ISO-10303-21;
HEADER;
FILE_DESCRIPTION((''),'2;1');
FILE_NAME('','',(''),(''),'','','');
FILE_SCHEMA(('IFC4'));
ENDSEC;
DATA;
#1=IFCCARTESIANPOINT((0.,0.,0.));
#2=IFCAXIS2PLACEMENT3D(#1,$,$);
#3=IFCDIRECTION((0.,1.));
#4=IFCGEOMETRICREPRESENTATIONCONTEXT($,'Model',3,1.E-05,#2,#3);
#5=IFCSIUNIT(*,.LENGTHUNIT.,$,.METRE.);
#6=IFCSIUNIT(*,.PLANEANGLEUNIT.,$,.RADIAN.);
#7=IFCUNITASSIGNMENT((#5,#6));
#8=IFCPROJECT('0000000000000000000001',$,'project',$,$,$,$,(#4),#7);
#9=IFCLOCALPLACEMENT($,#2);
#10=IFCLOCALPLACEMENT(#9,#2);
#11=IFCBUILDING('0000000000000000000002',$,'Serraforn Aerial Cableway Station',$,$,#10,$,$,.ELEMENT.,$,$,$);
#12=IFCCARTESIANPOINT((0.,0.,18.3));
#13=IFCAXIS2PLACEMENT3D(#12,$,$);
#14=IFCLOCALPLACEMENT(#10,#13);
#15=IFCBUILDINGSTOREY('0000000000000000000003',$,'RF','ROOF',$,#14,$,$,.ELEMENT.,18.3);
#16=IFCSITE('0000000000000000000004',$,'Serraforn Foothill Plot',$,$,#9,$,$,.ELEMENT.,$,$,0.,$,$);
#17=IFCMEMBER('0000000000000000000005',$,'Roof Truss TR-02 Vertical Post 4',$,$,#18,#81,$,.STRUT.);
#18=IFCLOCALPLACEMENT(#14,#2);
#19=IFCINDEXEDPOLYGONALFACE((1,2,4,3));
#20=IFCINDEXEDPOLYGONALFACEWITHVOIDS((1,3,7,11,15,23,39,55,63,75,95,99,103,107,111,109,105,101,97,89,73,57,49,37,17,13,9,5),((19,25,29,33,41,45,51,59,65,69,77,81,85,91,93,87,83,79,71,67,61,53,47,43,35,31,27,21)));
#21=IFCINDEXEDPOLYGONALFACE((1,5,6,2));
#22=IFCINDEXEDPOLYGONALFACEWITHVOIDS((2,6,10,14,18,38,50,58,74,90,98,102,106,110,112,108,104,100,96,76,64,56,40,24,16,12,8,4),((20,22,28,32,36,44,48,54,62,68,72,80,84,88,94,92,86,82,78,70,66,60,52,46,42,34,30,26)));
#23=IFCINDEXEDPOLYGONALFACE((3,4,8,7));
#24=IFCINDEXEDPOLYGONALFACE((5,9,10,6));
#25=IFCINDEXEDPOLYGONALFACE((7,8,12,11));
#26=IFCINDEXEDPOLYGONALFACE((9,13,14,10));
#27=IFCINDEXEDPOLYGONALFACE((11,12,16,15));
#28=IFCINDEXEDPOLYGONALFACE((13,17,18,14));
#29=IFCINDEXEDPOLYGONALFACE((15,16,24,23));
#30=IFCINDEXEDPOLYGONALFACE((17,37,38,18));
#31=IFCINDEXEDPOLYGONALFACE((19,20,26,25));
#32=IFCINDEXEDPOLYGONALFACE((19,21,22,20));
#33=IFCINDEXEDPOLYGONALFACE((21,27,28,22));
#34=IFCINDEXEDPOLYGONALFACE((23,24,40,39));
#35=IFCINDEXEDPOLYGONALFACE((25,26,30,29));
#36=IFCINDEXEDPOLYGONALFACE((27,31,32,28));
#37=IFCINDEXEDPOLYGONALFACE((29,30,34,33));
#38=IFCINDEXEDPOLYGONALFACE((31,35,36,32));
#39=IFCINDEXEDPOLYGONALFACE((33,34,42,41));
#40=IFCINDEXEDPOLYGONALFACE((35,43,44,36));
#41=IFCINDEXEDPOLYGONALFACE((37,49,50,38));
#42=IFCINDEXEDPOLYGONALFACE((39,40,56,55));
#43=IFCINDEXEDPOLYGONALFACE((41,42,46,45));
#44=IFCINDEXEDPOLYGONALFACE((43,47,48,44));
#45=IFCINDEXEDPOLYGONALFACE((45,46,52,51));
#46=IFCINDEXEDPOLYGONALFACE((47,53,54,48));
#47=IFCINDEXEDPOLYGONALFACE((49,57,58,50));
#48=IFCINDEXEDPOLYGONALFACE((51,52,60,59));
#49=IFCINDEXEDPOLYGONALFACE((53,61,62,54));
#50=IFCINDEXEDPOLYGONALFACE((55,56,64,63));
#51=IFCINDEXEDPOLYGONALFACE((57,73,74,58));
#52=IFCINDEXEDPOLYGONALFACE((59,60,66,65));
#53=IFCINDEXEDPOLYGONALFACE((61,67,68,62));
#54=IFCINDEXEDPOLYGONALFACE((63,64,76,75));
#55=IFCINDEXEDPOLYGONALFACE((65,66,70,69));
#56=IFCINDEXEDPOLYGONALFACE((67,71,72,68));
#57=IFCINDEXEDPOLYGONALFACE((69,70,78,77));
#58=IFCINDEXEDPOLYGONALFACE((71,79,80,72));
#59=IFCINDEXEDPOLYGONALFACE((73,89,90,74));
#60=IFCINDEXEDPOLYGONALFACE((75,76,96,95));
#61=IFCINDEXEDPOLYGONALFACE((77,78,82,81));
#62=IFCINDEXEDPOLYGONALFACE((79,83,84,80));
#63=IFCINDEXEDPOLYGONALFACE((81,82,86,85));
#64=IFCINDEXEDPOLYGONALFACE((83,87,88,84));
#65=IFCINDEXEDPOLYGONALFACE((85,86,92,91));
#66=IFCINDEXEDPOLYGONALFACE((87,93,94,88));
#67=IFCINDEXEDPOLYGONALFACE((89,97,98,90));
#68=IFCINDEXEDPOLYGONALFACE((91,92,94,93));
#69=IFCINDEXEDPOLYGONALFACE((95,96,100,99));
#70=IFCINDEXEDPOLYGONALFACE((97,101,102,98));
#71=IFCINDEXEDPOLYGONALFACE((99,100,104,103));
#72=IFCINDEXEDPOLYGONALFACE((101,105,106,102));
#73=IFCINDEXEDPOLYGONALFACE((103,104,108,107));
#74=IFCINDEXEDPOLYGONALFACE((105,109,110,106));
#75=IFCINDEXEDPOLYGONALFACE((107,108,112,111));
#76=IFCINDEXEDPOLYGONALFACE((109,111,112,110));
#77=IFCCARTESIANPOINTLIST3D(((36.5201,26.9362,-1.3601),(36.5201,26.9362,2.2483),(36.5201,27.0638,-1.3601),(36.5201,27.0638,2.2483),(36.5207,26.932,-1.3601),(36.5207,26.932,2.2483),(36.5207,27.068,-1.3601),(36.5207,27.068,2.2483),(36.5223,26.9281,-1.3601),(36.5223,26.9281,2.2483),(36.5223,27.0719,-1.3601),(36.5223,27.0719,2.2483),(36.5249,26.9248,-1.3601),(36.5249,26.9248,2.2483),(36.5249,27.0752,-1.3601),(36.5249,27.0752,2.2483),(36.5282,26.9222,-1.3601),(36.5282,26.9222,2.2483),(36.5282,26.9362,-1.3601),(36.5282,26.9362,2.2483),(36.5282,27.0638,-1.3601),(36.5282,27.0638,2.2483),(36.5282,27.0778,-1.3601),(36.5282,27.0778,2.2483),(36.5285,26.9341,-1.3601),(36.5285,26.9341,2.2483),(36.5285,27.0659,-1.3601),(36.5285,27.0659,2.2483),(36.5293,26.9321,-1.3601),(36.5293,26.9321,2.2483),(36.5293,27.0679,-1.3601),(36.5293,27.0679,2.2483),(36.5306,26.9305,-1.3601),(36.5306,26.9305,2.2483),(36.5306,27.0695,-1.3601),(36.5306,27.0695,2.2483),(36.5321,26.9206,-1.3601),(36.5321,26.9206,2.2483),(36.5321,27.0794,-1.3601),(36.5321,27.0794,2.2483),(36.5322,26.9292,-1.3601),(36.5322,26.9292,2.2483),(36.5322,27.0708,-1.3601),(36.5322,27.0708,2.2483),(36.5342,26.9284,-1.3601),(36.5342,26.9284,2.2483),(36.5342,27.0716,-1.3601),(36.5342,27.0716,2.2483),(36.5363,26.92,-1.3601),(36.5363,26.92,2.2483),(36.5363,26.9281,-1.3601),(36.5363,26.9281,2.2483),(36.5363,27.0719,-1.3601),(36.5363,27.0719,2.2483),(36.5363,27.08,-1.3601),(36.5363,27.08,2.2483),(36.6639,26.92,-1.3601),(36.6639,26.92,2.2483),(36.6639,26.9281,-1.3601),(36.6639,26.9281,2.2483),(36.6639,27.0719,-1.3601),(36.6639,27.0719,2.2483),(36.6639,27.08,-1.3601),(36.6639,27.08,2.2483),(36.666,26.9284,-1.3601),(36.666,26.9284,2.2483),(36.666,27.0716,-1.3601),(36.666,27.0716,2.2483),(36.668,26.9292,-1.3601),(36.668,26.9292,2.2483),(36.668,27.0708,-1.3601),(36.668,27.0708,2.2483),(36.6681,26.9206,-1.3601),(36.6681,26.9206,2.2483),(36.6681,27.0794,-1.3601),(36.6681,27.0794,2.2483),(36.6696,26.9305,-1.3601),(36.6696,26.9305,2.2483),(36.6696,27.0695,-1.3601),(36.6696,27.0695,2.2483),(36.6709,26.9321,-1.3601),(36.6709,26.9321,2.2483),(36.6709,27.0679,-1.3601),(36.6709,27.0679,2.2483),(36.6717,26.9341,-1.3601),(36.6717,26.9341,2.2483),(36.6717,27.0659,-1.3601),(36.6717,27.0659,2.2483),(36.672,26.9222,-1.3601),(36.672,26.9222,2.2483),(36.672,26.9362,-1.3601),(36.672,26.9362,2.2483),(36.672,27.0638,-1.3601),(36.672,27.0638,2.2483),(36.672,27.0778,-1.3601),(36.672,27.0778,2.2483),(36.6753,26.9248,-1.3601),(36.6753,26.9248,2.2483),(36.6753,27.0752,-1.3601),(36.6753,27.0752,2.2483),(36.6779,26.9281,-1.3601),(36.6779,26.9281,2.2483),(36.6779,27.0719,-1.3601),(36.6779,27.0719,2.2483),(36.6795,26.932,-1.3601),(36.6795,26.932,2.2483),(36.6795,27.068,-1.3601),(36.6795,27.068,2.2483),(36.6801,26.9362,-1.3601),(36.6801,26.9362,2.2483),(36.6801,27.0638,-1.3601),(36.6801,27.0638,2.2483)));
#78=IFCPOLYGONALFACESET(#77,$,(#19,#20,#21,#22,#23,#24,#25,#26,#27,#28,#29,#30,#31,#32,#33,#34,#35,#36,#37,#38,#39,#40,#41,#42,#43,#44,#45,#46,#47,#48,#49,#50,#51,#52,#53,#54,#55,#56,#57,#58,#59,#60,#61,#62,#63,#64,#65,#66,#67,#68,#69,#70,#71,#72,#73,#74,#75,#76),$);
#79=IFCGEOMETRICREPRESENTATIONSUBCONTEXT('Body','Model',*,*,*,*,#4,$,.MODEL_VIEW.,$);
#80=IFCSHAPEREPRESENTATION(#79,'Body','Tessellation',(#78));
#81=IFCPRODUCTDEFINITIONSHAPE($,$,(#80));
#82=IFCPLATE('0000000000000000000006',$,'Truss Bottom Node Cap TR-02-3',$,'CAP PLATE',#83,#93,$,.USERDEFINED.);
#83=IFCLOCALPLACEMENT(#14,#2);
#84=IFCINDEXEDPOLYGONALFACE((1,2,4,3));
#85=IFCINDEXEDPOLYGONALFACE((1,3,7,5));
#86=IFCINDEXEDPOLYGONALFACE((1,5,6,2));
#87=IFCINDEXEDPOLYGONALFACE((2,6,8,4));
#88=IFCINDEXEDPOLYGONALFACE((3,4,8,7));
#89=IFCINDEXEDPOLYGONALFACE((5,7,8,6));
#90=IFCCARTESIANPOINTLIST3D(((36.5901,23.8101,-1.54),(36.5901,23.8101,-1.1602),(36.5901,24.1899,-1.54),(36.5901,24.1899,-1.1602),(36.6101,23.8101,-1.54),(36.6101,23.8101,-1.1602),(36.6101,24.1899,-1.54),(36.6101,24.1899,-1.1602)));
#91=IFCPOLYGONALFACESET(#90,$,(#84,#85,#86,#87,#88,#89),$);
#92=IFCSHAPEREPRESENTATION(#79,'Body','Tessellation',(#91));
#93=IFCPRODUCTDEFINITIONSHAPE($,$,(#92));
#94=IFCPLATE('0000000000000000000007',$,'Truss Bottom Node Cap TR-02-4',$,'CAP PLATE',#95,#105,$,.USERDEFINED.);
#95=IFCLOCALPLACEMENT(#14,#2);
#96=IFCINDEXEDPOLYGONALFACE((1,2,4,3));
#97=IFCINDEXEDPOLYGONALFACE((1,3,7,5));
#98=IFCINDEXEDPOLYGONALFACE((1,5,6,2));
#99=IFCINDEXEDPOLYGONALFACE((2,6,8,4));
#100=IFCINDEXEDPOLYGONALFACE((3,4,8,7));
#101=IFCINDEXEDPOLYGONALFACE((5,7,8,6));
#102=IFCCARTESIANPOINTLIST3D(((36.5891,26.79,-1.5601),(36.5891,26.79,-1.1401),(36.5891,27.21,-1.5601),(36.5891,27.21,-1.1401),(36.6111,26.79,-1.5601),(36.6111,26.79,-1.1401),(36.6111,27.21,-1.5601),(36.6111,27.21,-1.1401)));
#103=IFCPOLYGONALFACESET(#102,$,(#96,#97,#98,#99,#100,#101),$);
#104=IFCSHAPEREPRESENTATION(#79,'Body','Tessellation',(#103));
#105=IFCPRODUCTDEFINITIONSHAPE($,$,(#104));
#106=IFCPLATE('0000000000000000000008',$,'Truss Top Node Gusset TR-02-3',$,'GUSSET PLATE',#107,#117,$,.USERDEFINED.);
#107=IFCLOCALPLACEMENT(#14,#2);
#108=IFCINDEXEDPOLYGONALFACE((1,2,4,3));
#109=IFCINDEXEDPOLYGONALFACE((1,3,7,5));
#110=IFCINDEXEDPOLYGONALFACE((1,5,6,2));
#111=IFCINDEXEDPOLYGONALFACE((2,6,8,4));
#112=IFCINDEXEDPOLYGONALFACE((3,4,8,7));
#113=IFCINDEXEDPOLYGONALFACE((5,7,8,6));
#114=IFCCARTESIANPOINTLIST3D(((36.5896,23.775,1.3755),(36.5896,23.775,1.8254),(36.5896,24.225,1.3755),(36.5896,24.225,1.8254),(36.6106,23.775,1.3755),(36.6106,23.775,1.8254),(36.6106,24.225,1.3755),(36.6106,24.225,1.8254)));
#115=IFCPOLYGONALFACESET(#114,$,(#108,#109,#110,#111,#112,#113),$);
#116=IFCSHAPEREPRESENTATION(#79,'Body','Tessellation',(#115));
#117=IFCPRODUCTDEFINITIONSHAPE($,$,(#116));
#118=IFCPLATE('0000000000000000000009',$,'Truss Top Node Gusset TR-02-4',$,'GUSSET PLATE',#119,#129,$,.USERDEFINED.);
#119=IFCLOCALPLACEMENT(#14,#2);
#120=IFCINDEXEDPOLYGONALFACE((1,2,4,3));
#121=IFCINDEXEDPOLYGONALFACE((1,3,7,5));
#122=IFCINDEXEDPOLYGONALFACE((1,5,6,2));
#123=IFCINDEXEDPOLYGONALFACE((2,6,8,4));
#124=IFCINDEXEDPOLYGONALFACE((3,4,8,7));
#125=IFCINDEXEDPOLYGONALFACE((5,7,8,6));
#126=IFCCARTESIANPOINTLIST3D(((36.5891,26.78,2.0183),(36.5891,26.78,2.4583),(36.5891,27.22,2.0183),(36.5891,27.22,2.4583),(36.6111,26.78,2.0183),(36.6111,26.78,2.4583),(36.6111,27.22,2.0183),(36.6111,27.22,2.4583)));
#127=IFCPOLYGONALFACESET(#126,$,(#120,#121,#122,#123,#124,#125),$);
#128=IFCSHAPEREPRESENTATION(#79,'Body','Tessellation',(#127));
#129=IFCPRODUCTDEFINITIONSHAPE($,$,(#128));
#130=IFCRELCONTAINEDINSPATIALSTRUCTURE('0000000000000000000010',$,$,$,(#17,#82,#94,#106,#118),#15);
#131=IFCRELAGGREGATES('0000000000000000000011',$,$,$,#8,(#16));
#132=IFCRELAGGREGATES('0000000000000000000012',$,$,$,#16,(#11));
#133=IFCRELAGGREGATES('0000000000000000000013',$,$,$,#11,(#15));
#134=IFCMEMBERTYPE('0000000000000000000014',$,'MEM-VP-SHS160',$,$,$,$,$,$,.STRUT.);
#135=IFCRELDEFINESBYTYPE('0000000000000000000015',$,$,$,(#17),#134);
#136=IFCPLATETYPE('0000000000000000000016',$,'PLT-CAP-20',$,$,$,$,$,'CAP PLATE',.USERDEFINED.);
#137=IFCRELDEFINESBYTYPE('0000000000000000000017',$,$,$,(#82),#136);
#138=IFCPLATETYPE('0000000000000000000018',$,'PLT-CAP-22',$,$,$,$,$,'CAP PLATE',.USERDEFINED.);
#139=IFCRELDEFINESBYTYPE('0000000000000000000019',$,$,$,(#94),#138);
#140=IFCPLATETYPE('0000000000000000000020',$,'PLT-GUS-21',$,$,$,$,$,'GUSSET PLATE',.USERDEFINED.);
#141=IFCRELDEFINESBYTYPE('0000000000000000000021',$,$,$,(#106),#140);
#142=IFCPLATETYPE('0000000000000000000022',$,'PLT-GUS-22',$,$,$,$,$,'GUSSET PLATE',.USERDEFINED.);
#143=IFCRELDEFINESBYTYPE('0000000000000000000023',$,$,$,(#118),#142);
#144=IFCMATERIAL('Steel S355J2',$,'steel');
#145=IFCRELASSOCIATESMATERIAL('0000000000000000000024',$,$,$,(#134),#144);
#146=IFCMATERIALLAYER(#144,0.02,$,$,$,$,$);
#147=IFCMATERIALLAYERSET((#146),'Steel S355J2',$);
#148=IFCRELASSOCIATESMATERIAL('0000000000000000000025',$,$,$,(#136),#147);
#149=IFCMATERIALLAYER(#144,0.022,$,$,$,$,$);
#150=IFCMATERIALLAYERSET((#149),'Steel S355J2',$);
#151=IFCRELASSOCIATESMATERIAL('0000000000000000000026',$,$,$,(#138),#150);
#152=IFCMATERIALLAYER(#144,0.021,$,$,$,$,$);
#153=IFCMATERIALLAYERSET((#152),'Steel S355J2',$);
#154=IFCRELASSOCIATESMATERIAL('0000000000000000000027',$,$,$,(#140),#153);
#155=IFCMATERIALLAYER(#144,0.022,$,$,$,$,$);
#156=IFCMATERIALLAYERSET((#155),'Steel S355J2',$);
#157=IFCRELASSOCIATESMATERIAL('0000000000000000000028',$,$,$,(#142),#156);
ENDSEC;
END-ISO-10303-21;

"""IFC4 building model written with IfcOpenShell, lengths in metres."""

from ifc_helpers import new_model, si_unit, direction, frame, origin, origin_2d, place, context, subcontext, project, spatial, rectangle, hollow_rectangle, extrude, material, layer, layer_set, material_profile, profile_set, type_object, element, save


model = new_model("IFC4")

# Units and contexts
model_context = context("Model", 3, precision=1e-05, world=origin(), true_north=direction((0.0, 1.0)))
body_context = subcontext(model_context, "Body", "Model", "MODEL_VIEW")
ifc_project = project(units=[si_unit("LENGTHUNIT", "METRE"), si_unit("PLANEANGLEUNIT", "RADIAN")], contexts=[model_context])

# Site, building, storey
site_placement = place(None, origin())
site = spatial("IfcSite", under=ifc_project, at=site_placement, Name="Serraforn Foothill Plot", CompositionType="ELEMENT", RefElevation=0.0)
building_placement = place(site_placement, origin())
building = spatial("IfcBuilding", under=site, at=building_placement, Name="Serraforn Aerial Cableway Station", CompositionType="ELEMENT")
storey_placement = place(building_placement, frame((0.0, 0.0, 18.3)))
storey = spatial("IfcBuildingStorey", under=building, at=storey_placement, Name="RF", Description="ROOF", CompositionType="ELEMENT", Elevation=18.3)

# Member
ifc_material_1 = material(Name="Steel S355J2", Category="steel")
ifc_material_profile_1 = material_profile(ifc_material_1, hollow_rectangle(XDim=0.1599, YDim=0.1599, WallThickness=0.0081, InnerFilletRadius=0.0081, OuterFilletRadius=0.0161, at=origin_2d()), Name="SHS 160x160x8.0")
ifc_profile_set_1 = profile_set([ifc_material_profile_1], Name="Steel S355J2")
member_type_1 = type_object("IfcMemberType", Name="MEM-VP-SHS160", PredefinedType="STRUT", material=ifc_profile_set_1)
member_1_placement = place(storey_placement, frame((36.6001, 27.0, -1.3601), z_axis=(0.0, 0.0, 1.0), x_axis=(1.0, 0.0, 0.0)))
element("IfcMember", 1, at=member_1_placement, inside=storey, type_object=member_type_1, Name="Roof Truss TR-02 Vertical Post 4", PredefinedType="STRUT", context=body_context, shape_type="SweptSolid", body=[
    extrude(hollow_rectangle(XDim=0.1599, YDim=0.1599, WallThickness=0.0081, InnerFilletRadius=0.0081, OuterFilletRadius=0.0161, at=origin_2d()), origin(), (0.0, 0.0, 1.0), 3.6084),
])

# Plates
ifc_layer_1 = layer(ifc_material_1, 0.02)
ifc_layer_set_1 = layer_set([ifc_layer_1], Name="Steel S355J2")
plate_type_1 = type_object("IfcPlateType", Name="PLT-CAP-20", ElementType="CAP PLATE", PredefinedType="USERDEFINED", material=ifc_layer_set_1)
plate_1_placement = place(storey_placement, frame((36.6001, 24.0, -1.54), z_axis=(0.0, 0.0, 1.0), x_axis=(1.0, 0.0, 0.0)))
element("IfcPlate", 2, at=plate_1_placement, inside=storey, type_object=plate_type_1, Name="Truss Bottom Node Cap TR-02-3", ObjectType="CAP PLATE", PredefinedType="USERDEFINED", context=body_context, shape_type="SweptSolid", body=[
    extrude(rectangle(XDim=0.02, YDim=0.3799, at=origin_2d()), origin(), (0.0, 0.0, 1.0), 0.3799),
])
ifc_layer_2 = layer(ifc_material_1, 0.022)
ifc_layer_set_2 = layer_set([ifc_layer_2], Name="Steel S355J2")
plate_type_2 = type_object("IfcPlateType", Name="PLT-CAP-22", ElementType="CAP PLATE", PredefinedType="USERDEFINED", material=ifc_layer_set_2)
plate_2_placement = place(storey_placement, frame((36.6001, 27.0, -1.5601), z_axis=(0.0, 0.0, 1.0), x_axis=(1.0, 0.0, 0.0)))
element("IfcPlate", 3, at=plate_2_placement, inside=storey, type_object=plate_type_2, Name="Truss Bottom Node Cap TR-02-4", ObjectType="CAP PLATE", PredefinedType="USERDEFINED", context=body_context, shape_type="SweptSolid", body=[
    extrude(rectangle(XDim=0.022, YDim=0.4199, at=origin_2d()), origin(), (0.0, 0.0, 1.0), 0.4199),
])
ifc_layer_3 = layer(ifc_material_1, 0.021)
ifc_layer_set_3 = layer_set([ifc_layer_3], Name="Steel S355J2")
plate_type_3 = type_object("IfcPlateType", Name="PLT-GUS-21", ElementType="GUSSET PLATE", PredefinedType="USERDEFINED", material=ifc_layer_set_3)
plate_3_placement = place(storey_placement, frame((36.6001, 24.0, 1.3755), z_axis=(0.0, 0.0, 1.0), x_axis=(1.0, 0.0, 0.0)))
element("IfcPlate", 4, at=plate_3_placement, inside=storey, type_object=plate_type_3, Name="Truss Top Node Gusset TR-02-3", ObjectType="GUSSET PLATE", PredefinedType="USERDEFINED", context=body_context, shape_type="SweptSolid", body=[
    extrude(rectangle(XDim=0.021, YDim=0.45, at=origin_2d()), origin(), (0.0, 0.0, 1.0), 0.45),
])
ifc_layer_4 = layer(ifc_material_1, 0.022)
ifc_layer_set_4 = layer_set([ifc_layer_4], Name="Steel S355J2")
plate_type_4 = type_object("IfcPlateType", Name="PLT-GUS-22", ElementType="GUSSET PLATE", PredefinedType="USERDEFINED", material=ifc_layer_set_4)
plate_4_placement = place(storey_placement, frame((36.6001, 27.0, 2.0183), z_axis=(0.0, 0.0, 1.0), x_axis=(1.0, 0.0, 0.0)))
element("IfcPlate", 5, at=plate_4_placement, inside=storey, type_object=plate_type_4, Name="Truss Top Node Gusset TR-02-4", ObjectType="GUSSET PLATE", PredefinedType="USERDEFINED", context=body_context, shape_type="SweptSolid", body=[
    extrude(rectangle(XDim=0.022, YDim=0.4399, at=origin_2d()), origin(), (0.0, 0.0, 1.0), 0.4399),
])

save(model, "model.ifc")
